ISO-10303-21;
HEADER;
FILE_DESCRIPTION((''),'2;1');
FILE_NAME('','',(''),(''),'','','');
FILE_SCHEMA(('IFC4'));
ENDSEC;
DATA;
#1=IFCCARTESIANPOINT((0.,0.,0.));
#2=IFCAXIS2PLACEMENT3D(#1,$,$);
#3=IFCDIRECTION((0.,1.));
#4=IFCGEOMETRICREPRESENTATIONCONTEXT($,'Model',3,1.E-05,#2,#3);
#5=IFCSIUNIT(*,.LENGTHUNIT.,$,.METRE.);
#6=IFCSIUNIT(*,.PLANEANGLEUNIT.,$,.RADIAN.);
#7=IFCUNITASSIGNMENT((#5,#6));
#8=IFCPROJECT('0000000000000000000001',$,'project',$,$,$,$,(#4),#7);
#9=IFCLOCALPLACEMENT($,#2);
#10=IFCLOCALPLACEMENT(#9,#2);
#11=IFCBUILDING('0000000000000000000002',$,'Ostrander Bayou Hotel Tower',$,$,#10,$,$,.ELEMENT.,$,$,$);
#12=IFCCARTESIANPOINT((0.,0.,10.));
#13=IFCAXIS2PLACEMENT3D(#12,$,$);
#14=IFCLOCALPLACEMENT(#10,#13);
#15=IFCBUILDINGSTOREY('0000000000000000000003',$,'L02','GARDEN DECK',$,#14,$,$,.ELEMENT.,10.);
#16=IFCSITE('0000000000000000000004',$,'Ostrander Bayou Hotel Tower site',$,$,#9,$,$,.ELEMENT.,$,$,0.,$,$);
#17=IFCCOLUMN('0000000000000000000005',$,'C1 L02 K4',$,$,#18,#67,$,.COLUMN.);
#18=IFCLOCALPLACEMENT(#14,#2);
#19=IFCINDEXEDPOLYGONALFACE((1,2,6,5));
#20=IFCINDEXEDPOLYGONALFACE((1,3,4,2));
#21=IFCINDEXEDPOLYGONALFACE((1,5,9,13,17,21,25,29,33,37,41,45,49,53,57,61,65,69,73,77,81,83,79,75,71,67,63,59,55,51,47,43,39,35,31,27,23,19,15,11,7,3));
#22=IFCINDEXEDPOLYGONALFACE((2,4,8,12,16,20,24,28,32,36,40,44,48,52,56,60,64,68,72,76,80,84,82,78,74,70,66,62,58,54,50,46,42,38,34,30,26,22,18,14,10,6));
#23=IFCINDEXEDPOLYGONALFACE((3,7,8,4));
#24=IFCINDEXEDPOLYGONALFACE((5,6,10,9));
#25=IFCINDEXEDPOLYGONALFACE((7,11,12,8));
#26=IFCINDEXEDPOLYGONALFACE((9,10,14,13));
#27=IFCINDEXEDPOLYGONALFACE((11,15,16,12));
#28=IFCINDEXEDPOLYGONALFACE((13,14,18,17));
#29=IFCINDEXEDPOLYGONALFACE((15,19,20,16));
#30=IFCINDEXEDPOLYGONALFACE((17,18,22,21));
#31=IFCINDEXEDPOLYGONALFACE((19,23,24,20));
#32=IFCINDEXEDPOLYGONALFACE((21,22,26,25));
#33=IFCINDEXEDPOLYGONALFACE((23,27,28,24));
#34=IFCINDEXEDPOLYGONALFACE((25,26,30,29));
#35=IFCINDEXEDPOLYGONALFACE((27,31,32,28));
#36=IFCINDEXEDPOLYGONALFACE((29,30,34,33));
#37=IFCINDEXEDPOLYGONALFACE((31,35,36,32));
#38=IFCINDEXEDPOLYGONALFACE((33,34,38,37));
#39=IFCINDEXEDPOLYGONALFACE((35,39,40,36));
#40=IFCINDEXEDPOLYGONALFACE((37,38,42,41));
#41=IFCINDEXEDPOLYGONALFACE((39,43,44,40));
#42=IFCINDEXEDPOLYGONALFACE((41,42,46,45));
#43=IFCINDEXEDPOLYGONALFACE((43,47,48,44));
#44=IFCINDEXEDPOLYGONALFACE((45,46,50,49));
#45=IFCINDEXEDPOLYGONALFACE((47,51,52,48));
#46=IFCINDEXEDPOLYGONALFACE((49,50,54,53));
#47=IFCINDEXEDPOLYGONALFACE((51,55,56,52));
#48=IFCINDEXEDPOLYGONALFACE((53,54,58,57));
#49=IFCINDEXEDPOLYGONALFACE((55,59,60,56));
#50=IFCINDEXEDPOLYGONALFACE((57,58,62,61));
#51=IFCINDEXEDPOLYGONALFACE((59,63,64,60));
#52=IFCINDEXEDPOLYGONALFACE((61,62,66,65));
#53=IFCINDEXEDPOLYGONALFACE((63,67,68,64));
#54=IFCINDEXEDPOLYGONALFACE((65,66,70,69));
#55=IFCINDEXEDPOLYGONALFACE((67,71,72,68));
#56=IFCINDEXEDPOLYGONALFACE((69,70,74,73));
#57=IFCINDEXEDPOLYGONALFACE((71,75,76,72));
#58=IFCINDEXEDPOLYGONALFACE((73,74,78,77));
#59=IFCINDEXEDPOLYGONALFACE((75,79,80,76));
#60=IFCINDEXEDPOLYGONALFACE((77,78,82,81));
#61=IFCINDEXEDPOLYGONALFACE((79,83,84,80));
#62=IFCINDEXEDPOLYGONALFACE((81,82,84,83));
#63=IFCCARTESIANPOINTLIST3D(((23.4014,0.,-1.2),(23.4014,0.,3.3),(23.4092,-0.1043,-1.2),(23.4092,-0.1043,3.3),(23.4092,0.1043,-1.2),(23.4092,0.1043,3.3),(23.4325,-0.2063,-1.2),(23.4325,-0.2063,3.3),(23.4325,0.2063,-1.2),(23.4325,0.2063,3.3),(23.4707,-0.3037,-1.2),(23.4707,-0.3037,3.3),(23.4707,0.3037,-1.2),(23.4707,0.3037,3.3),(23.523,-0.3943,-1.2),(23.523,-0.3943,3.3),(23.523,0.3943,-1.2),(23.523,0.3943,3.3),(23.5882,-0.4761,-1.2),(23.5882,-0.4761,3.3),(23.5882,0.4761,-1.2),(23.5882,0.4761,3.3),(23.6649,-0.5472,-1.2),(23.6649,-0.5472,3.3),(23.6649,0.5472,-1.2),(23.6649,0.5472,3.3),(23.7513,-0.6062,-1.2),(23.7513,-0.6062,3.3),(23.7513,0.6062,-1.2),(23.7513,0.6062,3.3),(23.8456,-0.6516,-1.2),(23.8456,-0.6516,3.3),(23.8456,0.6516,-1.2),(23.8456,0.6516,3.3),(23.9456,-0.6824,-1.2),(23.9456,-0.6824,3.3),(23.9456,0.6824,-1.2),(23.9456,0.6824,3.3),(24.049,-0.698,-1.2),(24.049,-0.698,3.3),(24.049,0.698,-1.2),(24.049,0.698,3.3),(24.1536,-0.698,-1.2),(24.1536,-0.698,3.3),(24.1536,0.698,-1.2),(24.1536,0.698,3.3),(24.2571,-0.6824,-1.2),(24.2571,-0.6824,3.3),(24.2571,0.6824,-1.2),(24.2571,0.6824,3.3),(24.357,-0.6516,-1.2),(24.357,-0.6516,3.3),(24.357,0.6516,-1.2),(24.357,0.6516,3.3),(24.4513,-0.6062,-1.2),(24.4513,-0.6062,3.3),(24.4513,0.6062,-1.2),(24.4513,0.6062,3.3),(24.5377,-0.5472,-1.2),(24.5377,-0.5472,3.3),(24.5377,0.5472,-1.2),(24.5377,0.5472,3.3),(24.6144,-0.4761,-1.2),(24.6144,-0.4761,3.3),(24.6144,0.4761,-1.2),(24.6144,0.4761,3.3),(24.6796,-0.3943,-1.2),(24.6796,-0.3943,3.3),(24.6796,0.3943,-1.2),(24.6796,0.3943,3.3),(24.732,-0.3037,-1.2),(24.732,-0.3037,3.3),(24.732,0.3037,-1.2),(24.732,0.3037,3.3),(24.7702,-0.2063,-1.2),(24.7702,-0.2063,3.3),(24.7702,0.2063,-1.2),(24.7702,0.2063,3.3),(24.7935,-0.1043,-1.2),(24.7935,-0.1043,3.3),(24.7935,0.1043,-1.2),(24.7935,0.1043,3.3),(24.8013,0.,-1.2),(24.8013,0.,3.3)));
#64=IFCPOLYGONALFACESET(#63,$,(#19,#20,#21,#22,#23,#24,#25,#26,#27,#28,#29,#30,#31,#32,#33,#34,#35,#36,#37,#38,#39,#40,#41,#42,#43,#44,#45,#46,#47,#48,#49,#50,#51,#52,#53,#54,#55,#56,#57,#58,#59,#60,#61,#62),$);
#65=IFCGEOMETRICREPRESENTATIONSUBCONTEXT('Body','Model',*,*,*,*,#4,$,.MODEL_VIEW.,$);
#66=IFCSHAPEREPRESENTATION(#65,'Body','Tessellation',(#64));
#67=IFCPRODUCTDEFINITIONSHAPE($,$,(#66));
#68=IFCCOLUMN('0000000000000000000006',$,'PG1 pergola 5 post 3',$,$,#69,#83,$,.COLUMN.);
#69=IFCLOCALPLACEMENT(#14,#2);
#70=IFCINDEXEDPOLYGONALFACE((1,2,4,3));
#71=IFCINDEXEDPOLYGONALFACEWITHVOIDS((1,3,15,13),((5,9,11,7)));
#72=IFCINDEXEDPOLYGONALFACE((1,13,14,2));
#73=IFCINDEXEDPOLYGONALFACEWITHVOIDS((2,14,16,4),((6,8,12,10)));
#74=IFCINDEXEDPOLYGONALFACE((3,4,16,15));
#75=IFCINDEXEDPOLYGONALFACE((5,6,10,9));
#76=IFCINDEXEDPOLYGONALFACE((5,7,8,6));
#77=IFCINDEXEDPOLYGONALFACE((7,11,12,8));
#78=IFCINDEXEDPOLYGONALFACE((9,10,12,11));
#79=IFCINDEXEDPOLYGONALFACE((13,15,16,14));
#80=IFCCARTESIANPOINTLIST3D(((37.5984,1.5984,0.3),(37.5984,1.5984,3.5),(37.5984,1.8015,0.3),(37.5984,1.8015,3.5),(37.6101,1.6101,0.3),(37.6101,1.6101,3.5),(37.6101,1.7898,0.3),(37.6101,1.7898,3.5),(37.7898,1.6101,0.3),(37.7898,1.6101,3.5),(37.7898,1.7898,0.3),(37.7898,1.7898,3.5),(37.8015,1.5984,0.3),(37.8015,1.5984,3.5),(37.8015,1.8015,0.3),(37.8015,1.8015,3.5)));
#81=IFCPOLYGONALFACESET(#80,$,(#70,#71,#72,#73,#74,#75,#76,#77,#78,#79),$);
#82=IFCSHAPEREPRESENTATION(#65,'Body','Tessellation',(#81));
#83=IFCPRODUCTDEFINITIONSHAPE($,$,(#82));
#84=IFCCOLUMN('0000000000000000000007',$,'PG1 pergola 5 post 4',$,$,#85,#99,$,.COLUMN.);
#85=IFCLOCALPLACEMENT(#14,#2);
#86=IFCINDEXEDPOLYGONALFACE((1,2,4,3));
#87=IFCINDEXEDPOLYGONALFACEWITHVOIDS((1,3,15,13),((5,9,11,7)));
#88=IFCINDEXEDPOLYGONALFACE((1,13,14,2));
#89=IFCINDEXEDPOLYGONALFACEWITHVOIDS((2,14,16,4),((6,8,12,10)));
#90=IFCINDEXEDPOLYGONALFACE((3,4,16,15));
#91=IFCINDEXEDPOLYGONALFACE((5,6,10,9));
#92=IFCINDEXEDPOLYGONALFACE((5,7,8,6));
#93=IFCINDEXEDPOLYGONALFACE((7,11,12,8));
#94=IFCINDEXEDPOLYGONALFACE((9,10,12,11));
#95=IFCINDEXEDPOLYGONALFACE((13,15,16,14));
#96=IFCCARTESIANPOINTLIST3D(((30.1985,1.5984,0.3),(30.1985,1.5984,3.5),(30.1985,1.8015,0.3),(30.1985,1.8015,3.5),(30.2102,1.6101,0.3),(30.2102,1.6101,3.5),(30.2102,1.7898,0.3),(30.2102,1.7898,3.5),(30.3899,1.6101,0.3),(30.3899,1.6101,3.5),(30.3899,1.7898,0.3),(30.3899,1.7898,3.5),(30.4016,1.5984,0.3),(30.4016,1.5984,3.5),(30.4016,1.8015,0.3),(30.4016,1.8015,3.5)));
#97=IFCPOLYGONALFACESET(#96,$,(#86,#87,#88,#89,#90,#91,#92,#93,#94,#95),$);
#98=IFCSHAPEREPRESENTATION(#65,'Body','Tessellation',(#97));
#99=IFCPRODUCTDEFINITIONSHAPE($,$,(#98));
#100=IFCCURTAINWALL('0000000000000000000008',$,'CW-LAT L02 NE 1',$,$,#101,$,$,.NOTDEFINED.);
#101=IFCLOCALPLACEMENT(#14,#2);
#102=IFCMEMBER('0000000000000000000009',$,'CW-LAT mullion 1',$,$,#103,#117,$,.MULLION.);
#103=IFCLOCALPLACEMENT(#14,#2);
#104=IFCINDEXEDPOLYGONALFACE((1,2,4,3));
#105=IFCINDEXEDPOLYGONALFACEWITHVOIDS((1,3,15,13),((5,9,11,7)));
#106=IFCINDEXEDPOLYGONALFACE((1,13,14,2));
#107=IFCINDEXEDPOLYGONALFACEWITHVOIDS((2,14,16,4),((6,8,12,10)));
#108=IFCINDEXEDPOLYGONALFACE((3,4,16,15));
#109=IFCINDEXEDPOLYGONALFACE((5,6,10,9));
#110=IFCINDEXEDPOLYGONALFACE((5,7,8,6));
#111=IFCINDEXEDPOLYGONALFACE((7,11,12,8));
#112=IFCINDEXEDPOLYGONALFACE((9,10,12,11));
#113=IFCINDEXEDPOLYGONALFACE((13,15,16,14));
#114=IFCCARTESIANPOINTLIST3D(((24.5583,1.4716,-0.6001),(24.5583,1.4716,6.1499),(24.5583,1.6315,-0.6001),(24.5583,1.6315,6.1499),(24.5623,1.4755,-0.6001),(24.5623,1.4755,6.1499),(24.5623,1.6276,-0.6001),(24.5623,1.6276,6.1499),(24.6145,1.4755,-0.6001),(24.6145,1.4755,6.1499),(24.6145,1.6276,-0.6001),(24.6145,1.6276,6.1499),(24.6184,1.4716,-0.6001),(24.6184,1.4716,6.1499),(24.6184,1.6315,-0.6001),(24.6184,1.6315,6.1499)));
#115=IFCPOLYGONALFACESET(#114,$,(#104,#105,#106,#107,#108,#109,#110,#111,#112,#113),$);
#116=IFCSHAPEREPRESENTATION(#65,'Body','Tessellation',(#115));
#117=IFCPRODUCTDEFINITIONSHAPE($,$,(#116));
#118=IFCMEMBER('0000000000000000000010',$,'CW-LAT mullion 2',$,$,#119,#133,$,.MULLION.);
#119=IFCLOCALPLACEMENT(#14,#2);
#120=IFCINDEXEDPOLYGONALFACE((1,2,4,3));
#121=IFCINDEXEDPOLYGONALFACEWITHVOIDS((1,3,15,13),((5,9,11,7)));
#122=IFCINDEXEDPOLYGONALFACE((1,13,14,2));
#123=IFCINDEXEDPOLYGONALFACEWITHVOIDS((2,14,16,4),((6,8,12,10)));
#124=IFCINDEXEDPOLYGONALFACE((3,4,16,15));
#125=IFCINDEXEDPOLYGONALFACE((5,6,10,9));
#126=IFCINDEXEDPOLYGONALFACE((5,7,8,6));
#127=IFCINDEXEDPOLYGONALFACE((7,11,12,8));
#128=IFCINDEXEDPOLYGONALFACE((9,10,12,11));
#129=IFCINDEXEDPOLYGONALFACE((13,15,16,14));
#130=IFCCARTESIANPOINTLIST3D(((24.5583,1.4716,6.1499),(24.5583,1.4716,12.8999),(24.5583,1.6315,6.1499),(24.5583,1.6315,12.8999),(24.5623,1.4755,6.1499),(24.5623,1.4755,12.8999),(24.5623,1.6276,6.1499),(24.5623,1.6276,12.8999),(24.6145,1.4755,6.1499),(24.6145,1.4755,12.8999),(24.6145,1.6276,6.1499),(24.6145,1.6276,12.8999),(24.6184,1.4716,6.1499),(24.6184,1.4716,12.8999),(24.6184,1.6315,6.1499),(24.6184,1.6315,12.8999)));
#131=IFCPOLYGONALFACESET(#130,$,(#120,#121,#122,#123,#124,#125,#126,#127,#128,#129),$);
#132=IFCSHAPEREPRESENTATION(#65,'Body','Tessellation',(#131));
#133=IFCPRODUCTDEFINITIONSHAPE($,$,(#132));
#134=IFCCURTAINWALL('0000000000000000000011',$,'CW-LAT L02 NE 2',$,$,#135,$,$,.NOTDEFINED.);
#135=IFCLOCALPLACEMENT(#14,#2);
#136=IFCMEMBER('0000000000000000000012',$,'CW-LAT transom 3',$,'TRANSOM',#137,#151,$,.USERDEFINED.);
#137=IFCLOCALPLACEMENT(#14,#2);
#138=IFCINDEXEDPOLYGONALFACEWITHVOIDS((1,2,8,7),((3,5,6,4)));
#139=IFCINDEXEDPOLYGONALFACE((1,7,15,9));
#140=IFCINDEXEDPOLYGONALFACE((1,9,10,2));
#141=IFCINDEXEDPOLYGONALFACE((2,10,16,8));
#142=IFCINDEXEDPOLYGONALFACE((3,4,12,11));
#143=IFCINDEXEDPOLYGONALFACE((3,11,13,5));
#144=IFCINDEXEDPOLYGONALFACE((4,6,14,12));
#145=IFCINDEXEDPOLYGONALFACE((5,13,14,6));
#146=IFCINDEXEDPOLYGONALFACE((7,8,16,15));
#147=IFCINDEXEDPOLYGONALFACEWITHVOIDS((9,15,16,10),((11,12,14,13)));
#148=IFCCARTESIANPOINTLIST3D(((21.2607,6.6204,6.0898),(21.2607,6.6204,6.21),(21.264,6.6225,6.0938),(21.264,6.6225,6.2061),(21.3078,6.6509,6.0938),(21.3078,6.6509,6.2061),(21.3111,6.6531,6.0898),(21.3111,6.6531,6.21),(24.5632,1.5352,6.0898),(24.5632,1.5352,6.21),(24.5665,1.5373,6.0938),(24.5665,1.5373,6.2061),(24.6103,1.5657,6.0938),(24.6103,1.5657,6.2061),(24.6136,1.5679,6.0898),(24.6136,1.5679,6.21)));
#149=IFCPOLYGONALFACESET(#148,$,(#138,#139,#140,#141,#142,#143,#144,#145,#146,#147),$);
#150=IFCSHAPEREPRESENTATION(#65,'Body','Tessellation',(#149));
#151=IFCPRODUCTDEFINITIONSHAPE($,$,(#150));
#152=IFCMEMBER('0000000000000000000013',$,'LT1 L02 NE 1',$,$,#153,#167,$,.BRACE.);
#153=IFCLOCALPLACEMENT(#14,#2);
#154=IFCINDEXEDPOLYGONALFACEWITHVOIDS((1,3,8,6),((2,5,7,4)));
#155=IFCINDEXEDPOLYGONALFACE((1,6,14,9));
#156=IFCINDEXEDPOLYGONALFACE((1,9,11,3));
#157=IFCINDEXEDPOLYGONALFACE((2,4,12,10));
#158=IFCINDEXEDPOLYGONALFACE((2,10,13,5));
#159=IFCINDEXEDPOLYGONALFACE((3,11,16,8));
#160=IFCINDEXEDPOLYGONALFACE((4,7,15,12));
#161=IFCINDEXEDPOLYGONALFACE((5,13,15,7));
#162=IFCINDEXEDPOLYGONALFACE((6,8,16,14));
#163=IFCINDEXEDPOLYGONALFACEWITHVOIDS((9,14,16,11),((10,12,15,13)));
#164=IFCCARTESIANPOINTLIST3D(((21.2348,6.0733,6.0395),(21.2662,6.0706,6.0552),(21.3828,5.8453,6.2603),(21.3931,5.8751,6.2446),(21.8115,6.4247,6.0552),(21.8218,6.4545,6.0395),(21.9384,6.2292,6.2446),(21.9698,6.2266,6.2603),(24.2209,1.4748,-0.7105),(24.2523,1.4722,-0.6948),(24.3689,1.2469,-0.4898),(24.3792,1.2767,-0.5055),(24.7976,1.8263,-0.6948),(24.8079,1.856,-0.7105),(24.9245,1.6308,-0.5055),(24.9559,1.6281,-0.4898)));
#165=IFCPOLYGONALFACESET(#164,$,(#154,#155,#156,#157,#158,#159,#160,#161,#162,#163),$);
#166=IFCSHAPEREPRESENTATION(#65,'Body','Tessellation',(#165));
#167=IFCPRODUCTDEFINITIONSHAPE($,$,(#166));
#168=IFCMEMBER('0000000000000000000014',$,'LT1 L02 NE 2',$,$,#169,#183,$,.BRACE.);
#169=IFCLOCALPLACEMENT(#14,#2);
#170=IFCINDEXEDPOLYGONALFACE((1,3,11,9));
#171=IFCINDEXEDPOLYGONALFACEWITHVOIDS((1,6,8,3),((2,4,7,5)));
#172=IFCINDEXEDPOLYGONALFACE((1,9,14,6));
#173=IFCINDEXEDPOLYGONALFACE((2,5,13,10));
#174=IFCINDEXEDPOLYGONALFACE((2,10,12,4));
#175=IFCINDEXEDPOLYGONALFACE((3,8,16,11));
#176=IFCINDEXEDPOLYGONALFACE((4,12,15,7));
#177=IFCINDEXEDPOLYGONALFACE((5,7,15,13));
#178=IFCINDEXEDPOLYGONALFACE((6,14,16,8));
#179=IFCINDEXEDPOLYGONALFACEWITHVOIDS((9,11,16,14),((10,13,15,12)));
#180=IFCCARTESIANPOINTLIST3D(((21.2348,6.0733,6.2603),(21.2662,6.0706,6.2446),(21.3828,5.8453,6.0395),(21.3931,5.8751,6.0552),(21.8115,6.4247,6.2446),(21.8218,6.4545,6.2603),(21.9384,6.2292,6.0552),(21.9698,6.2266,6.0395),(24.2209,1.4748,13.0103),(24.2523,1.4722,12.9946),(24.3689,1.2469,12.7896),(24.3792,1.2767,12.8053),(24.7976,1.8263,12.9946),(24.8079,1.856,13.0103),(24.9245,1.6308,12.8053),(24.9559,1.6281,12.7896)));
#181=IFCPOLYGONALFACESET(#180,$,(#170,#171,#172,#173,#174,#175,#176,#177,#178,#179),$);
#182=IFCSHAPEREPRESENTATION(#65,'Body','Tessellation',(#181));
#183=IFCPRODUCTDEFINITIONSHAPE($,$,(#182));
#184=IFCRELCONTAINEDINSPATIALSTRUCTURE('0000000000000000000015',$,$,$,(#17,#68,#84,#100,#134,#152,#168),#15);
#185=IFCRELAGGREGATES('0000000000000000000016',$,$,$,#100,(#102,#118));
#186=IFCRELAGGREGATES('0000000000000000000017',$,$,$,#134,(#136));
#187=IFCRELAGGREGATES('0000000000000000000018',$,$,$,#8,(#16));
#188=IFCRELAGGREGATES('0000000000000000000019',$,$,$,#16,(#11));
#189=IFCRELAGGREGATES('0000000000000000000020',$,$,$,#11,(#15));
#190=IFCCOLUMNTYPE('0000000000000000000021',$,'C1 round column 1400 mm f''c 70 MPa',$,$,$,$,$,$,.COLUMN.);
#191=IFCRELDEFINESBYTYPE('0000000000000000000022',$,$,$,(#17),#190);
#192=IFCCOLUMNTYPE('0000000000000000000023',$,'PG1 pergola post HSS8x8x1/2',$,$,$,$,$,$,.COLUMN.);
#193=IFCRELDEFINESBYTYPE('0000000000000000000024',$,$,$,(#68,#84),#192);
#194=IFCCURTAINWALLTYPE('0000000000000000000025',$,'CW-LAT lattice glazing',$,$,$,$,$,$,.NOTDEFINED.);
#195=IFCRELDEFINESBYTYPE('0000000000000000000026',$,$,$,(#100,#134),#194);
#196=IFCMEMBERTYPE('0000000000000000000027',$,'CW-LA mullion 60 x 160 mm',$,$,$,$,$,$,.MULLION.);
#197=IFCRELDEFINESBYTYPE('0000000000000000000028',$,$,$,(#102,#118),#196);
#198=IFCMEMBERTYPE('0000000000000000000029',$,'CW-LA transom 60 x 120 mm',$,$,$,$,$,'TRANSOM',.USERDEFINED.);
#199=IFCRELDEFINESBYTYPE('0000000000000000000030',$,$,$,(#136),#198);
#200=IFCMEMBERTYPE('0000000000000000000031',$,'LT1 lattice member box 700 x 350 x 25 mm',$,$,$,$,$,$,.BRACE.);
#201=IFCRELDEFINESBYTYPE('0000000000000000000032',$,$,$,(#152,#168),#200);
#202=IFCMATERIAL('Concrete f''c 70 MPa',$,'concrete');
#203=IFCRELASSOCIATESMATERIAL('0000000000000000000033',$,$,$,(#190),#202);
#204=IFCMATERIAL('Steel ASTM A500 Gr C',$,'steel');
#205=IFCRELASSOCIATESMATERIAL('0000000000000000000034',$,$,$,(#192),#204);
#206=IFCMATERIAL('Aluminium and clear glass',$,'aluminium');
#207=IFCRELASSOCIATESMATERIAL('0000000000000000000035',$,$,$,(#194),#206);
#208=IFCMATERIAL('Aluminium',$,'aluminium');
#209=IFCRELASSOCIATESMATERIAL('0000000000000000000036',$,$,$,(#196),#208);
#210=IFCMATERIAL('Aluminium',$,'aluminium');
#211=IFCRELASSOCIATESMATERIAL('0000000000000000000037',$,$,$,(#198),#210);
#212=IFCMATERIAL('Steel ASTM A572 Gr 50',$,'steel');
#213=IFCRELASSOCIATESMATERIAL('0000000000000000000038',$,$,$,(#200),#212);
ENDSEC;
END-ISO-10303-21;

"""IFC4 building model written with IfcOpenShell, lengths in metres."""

from ifc_helpers import new_model, si_unit, direction, frame, origin, origin_2d, place, context, subcontext, project, spatial, hollow_rectangle, circle, extrude, material, material_profile, profile_set, type_object, element, aggregate, save


model = new_model("IFC4")

# Units and contexts
model_context = context("Model", 3, precision=1e-05, world=origin(), true_north=direction((0.0, 1.0)))
body_context = subcontext(model_context, "Body", "Model", "MODEL_VIEW")
ifc_project = project(units=[si_unit("LENGTHUNIT", "METRE"), si_unit("PLANEANGLEUNIT", "RADIAN")], contexts=[model_context])

# Site, building, storey
site_placement = place(None, origin())
site = spatial("IfcSite", under=ifc_project, at=site_placement, Name="Ostrander Bayou Hotel Tower site", CompositionType="ELEMENT", RefElevation=0.0)
building_placement = place(site_placement, origin())
building = spatial("IfcBuilding", under=site, at=building_placement, Name="Ostrander Bayou Hotel Tower", CompositionType="ELEMENT")
storey_placement = place(building_placement, frame((0.0, 0.0, 10.0)))
storey = spatial("IfcBuildingStorey", under=building, at=storey_placement, Name="L02", Description="GARDEN DECK", CompositionType="ELEMENT", Elevation=10.0)

# Columns
ifc_material_1 = material(Name="Concrete f'c 70 MPa", Category="concrete")
ifc_material_profile_1 = material_profile(ifc_material_1, circle(Radius=0.7, at=origin_2d()))
ifc_profile_set_1 = profile_set([ifc_material_profile_1], Name="Concrete f'c 70 MPa")
column_type_1 = type_object("IfcColumnType", Name="C1 round column 1400 mm f'c 70 MPa", PredefinedType="COLUMN", material=ifc_profile_set_1)
column_placement = place(storey_placement, frame((24.1013, 0.0, -1.2), z_axis=(0.0, 0.0, 1.0), x_axis=(1.0, 0.0, 0.0)))
element("IfcColumn", 1, at=column_placement, inside=storey, type_object=column_type_1, Name="C1 L02 K4", PredefinedType="COLUMN", context=body_context, shape_type="SweptSolid", body=[
    extrude(circle(Radius=0.7, at=origin_2d()), origin(), (0.0, 0.0, 1.0), 4.5),
])
ifc_material_2 = material(Name="Steel ASTM A500 Gr C", Category="steel")
ifc_material_profile_2 = material_profile(ifc_material_2, hollow_rectangle(XDim=0.2031, YDim=0.2031, WallThickness=0.0117, at=origin_2d()))
ifc_profile_set_2 = profile_set([ifc_material_profile_2], Name="Steel ASTM A500 Gr C")
column_type_2 = type_object("IfcColumnType", Name="PG1 pergola post HSS8x8x1/2", PredefinedType="COLUMN", material=ifc_profile_set_2)
for number, where, z_axis, x_axis, name in (
    (2, (37.7, 1.7, 0.3), (0.0, 0.0, 1.0), (1.0, 0.0, 0.0), "PG1 pergola 5 post 3"),
    (3, (30.3, 1.7, 0.3), (0.0, 0.0, 1.0), (1.0, 0.0, 0.0), "PG1 pergola 5 post 4"),
):
    element("IfcColumn", number, at=place(storey_placement, frame(where, z_axis=z_axis, x_axis=x_axis)), inside=storey, type_object=column_type_2, Name=name, PredefinedType="COLUMN", context=body_context, shape_type="SweptSolid", body=[
        extrude(hollow_rectangle(XDim=0.2031, YDim=0.2031, WallThickness=0.0117, at=origin_2d()), origin(), (0.0, 0.0, 1.0), 3.2),
    ])

# Curtain wall, members
ifc_material_3 = material(Name="Aluminium and clear glass", Category="aluminium")
curtain_wall_type = type_object("IfcCurtainWallType", Name="CW-LAT lattice glazing", PredefinedType="NOTDEFINED", material=ifc_material_3)
curtain_wall_1_placement = place(storey_placement, origin())
curtain_wall_1 = element("IfcCurtainWall", 4, at=curtain_wall_1_placement, inside=storey, type_object=curtain_wall_type, Name="CW-LAT L02 NE 1", PredefinedType="NOTDEFINED")
ifc_material_4 = material(Name="Aluminium", Category="aluminium")
ifc_material_profile_3 = material_profile(ifc_material_4, hollow_rectangle(XDim=0.0601, YDim=0.1599, WallThickness=0.0039, at=origin_2d()))
ifc_profile_set_3 = profile_set([ifc_material_profile_3], Name="Aluminium")
member_type_1 = type_object("IfcMemberType", Name="CW-LA mullion 60 x 160 mm", PredefinedType="MULLION", material=ifc_profile_set_3)
member_1_placement = place(storey_placement, frame((24.5884, 1.5515, -0.6001), z_axis=(0.0, 0.0, 1.0), x_axis=(1.0, 0.0, 0.0)))
member_1 = element("IfcMember", 5, at=member_1_placement, type_object=member_type_1, Name="CW-LAT mullion 1", PredefinedType="MULLION", context=body_context, shape_type="SweptSolid", body=[
    extrude(hollow_rectangle(XDim=0.0601, YDim=0.1599, WallThickness=0.0039, at=origin_2d()), origin(), (0.0, 0.0, 1.0), 6.75),
])
member_2_placement = place(storey_placement, frame((24.5884, 1.5515, 6.1499), z_axis=(0.0, 0.0, 1.0), x_axis=(1.0, 0.0, 0.0)))
member_2 = element("IfcMember", 6, at=member_2_placement, type_object=member_type_1, Name="CW-LAT mullion 2", PredefinedType="MULLION", context=body_context, shape_type="SweptSolid", body=[
    extrude(hollow_rectangle(XDim=0.0601, YDim=0.1599, WallThickness=0.0039, at=origin_2d()), origin(), (0.0, 0.0, 1.0), 6.75),
])
aggregate(curtain_wall_1, [member_1, member_2])

# Curtain wall, member
curtain_wall_2_placement = place(storey_placement, origin())
curtain_wall_2 = element("IfcCurtainWall", 7, at=curtain_wall_2_placement, inside=storey, type_object=curtain_wall_type, Name="CW-LAT L02 NE 2", PredefinedType="NOTDEFINED")
ifc_material_5 = material(Name="Aluminium", Category="aluminium")
ifc_material_profile_4 = material_profile(ifc_material_5, hollow_rectangle(XDim=0.0601, YDim=0.1201, WallThickness=0.0039, at=origin_2d()))
ifc_profile_set_4 = profile_set([ifc_material_profile_4], Name="Aluminium")
member_type_2 = type_object("IfcMemberType", Name="CW-LA transom 60 x 120 mm", ElementType="TRANSOM", PredefinedType="USERDEFINED", material=ifc_profile_set_4)
member_3_placement = place(storey_placement, frame((24.5884, 1.5515, 6.1499), z_axis=(-0.544653, 0.838662, 0.0), x_axis=(-0.838662, -0.544653, 0.0)))
member_3 = element("IfcMember", 8, at=member_3_placement, type_object=member_type_2, Name="CW-LAT transom 3", ObjectType="TRANSOM", PredefinedType="USERDEFINED", context=body_context, shape_type="SweptSolid", body=[
    extrude(hollow_rectangle(XDim=0.0601, YDim=0.1201, WallThickness=0.0039, at=origin_2d()), origin(), (0.0, 0.0, 1.0), 6.0635),
])
aggregate(curtain_wall_2, [member_3])

# Members
ifc_material_6 = material(Name="Steel ASTM A572 Gr 50", Category="steel")
ifc_material_profile_5 = material_profile(ifc_material_6, hollow_rectangle(XDim=0.7, YDim=0.3501, WallThickness=0.0249, at=origin_2d()))
ifc_profile_set_5 = profile_set([ifc_material_profile_5], Name="Steel ASTM A572 Gr 50")
member_type_3 = type_object("IfcMemberType", Name="LT1 lattice member box 700 x 350 x 25 mm", PredefinedType="BRACE", material=ifc_profile_set_5)
for number, where, z_axis, x_axis, name in (
    (9, (21.6023, 6.1499, 6.1499), (0.343377, -0.52878, -0.776199), (0.838683, 0.54462, 0.0), "LT1 L02 NE 1"),
    (10, (21.6023, 6.1499, 6.1499), (0.343377, -0.52878, 0.776199), (0.838683, 0.54462, 0.0), "LT1 L02 NE 2"),
):
    element("IfcMember", number, at=place(storey_placement, frame(where, z_axis=z_axis, x_axis=x_axis)), inside=storey, type_object=member_type_3, Name=name, PredefinedType="BRACE", context=body_context, shape_type="SweptSolid", body=[
        extrude(hollow_rectangle(XDim=0.7, YDim=0.3501, WallThickness=0.0249, at=origin_2d()), origin(), (0.0, 0.0, 1.0), 8.6963),
    ])

save(model, "model.ifc")
